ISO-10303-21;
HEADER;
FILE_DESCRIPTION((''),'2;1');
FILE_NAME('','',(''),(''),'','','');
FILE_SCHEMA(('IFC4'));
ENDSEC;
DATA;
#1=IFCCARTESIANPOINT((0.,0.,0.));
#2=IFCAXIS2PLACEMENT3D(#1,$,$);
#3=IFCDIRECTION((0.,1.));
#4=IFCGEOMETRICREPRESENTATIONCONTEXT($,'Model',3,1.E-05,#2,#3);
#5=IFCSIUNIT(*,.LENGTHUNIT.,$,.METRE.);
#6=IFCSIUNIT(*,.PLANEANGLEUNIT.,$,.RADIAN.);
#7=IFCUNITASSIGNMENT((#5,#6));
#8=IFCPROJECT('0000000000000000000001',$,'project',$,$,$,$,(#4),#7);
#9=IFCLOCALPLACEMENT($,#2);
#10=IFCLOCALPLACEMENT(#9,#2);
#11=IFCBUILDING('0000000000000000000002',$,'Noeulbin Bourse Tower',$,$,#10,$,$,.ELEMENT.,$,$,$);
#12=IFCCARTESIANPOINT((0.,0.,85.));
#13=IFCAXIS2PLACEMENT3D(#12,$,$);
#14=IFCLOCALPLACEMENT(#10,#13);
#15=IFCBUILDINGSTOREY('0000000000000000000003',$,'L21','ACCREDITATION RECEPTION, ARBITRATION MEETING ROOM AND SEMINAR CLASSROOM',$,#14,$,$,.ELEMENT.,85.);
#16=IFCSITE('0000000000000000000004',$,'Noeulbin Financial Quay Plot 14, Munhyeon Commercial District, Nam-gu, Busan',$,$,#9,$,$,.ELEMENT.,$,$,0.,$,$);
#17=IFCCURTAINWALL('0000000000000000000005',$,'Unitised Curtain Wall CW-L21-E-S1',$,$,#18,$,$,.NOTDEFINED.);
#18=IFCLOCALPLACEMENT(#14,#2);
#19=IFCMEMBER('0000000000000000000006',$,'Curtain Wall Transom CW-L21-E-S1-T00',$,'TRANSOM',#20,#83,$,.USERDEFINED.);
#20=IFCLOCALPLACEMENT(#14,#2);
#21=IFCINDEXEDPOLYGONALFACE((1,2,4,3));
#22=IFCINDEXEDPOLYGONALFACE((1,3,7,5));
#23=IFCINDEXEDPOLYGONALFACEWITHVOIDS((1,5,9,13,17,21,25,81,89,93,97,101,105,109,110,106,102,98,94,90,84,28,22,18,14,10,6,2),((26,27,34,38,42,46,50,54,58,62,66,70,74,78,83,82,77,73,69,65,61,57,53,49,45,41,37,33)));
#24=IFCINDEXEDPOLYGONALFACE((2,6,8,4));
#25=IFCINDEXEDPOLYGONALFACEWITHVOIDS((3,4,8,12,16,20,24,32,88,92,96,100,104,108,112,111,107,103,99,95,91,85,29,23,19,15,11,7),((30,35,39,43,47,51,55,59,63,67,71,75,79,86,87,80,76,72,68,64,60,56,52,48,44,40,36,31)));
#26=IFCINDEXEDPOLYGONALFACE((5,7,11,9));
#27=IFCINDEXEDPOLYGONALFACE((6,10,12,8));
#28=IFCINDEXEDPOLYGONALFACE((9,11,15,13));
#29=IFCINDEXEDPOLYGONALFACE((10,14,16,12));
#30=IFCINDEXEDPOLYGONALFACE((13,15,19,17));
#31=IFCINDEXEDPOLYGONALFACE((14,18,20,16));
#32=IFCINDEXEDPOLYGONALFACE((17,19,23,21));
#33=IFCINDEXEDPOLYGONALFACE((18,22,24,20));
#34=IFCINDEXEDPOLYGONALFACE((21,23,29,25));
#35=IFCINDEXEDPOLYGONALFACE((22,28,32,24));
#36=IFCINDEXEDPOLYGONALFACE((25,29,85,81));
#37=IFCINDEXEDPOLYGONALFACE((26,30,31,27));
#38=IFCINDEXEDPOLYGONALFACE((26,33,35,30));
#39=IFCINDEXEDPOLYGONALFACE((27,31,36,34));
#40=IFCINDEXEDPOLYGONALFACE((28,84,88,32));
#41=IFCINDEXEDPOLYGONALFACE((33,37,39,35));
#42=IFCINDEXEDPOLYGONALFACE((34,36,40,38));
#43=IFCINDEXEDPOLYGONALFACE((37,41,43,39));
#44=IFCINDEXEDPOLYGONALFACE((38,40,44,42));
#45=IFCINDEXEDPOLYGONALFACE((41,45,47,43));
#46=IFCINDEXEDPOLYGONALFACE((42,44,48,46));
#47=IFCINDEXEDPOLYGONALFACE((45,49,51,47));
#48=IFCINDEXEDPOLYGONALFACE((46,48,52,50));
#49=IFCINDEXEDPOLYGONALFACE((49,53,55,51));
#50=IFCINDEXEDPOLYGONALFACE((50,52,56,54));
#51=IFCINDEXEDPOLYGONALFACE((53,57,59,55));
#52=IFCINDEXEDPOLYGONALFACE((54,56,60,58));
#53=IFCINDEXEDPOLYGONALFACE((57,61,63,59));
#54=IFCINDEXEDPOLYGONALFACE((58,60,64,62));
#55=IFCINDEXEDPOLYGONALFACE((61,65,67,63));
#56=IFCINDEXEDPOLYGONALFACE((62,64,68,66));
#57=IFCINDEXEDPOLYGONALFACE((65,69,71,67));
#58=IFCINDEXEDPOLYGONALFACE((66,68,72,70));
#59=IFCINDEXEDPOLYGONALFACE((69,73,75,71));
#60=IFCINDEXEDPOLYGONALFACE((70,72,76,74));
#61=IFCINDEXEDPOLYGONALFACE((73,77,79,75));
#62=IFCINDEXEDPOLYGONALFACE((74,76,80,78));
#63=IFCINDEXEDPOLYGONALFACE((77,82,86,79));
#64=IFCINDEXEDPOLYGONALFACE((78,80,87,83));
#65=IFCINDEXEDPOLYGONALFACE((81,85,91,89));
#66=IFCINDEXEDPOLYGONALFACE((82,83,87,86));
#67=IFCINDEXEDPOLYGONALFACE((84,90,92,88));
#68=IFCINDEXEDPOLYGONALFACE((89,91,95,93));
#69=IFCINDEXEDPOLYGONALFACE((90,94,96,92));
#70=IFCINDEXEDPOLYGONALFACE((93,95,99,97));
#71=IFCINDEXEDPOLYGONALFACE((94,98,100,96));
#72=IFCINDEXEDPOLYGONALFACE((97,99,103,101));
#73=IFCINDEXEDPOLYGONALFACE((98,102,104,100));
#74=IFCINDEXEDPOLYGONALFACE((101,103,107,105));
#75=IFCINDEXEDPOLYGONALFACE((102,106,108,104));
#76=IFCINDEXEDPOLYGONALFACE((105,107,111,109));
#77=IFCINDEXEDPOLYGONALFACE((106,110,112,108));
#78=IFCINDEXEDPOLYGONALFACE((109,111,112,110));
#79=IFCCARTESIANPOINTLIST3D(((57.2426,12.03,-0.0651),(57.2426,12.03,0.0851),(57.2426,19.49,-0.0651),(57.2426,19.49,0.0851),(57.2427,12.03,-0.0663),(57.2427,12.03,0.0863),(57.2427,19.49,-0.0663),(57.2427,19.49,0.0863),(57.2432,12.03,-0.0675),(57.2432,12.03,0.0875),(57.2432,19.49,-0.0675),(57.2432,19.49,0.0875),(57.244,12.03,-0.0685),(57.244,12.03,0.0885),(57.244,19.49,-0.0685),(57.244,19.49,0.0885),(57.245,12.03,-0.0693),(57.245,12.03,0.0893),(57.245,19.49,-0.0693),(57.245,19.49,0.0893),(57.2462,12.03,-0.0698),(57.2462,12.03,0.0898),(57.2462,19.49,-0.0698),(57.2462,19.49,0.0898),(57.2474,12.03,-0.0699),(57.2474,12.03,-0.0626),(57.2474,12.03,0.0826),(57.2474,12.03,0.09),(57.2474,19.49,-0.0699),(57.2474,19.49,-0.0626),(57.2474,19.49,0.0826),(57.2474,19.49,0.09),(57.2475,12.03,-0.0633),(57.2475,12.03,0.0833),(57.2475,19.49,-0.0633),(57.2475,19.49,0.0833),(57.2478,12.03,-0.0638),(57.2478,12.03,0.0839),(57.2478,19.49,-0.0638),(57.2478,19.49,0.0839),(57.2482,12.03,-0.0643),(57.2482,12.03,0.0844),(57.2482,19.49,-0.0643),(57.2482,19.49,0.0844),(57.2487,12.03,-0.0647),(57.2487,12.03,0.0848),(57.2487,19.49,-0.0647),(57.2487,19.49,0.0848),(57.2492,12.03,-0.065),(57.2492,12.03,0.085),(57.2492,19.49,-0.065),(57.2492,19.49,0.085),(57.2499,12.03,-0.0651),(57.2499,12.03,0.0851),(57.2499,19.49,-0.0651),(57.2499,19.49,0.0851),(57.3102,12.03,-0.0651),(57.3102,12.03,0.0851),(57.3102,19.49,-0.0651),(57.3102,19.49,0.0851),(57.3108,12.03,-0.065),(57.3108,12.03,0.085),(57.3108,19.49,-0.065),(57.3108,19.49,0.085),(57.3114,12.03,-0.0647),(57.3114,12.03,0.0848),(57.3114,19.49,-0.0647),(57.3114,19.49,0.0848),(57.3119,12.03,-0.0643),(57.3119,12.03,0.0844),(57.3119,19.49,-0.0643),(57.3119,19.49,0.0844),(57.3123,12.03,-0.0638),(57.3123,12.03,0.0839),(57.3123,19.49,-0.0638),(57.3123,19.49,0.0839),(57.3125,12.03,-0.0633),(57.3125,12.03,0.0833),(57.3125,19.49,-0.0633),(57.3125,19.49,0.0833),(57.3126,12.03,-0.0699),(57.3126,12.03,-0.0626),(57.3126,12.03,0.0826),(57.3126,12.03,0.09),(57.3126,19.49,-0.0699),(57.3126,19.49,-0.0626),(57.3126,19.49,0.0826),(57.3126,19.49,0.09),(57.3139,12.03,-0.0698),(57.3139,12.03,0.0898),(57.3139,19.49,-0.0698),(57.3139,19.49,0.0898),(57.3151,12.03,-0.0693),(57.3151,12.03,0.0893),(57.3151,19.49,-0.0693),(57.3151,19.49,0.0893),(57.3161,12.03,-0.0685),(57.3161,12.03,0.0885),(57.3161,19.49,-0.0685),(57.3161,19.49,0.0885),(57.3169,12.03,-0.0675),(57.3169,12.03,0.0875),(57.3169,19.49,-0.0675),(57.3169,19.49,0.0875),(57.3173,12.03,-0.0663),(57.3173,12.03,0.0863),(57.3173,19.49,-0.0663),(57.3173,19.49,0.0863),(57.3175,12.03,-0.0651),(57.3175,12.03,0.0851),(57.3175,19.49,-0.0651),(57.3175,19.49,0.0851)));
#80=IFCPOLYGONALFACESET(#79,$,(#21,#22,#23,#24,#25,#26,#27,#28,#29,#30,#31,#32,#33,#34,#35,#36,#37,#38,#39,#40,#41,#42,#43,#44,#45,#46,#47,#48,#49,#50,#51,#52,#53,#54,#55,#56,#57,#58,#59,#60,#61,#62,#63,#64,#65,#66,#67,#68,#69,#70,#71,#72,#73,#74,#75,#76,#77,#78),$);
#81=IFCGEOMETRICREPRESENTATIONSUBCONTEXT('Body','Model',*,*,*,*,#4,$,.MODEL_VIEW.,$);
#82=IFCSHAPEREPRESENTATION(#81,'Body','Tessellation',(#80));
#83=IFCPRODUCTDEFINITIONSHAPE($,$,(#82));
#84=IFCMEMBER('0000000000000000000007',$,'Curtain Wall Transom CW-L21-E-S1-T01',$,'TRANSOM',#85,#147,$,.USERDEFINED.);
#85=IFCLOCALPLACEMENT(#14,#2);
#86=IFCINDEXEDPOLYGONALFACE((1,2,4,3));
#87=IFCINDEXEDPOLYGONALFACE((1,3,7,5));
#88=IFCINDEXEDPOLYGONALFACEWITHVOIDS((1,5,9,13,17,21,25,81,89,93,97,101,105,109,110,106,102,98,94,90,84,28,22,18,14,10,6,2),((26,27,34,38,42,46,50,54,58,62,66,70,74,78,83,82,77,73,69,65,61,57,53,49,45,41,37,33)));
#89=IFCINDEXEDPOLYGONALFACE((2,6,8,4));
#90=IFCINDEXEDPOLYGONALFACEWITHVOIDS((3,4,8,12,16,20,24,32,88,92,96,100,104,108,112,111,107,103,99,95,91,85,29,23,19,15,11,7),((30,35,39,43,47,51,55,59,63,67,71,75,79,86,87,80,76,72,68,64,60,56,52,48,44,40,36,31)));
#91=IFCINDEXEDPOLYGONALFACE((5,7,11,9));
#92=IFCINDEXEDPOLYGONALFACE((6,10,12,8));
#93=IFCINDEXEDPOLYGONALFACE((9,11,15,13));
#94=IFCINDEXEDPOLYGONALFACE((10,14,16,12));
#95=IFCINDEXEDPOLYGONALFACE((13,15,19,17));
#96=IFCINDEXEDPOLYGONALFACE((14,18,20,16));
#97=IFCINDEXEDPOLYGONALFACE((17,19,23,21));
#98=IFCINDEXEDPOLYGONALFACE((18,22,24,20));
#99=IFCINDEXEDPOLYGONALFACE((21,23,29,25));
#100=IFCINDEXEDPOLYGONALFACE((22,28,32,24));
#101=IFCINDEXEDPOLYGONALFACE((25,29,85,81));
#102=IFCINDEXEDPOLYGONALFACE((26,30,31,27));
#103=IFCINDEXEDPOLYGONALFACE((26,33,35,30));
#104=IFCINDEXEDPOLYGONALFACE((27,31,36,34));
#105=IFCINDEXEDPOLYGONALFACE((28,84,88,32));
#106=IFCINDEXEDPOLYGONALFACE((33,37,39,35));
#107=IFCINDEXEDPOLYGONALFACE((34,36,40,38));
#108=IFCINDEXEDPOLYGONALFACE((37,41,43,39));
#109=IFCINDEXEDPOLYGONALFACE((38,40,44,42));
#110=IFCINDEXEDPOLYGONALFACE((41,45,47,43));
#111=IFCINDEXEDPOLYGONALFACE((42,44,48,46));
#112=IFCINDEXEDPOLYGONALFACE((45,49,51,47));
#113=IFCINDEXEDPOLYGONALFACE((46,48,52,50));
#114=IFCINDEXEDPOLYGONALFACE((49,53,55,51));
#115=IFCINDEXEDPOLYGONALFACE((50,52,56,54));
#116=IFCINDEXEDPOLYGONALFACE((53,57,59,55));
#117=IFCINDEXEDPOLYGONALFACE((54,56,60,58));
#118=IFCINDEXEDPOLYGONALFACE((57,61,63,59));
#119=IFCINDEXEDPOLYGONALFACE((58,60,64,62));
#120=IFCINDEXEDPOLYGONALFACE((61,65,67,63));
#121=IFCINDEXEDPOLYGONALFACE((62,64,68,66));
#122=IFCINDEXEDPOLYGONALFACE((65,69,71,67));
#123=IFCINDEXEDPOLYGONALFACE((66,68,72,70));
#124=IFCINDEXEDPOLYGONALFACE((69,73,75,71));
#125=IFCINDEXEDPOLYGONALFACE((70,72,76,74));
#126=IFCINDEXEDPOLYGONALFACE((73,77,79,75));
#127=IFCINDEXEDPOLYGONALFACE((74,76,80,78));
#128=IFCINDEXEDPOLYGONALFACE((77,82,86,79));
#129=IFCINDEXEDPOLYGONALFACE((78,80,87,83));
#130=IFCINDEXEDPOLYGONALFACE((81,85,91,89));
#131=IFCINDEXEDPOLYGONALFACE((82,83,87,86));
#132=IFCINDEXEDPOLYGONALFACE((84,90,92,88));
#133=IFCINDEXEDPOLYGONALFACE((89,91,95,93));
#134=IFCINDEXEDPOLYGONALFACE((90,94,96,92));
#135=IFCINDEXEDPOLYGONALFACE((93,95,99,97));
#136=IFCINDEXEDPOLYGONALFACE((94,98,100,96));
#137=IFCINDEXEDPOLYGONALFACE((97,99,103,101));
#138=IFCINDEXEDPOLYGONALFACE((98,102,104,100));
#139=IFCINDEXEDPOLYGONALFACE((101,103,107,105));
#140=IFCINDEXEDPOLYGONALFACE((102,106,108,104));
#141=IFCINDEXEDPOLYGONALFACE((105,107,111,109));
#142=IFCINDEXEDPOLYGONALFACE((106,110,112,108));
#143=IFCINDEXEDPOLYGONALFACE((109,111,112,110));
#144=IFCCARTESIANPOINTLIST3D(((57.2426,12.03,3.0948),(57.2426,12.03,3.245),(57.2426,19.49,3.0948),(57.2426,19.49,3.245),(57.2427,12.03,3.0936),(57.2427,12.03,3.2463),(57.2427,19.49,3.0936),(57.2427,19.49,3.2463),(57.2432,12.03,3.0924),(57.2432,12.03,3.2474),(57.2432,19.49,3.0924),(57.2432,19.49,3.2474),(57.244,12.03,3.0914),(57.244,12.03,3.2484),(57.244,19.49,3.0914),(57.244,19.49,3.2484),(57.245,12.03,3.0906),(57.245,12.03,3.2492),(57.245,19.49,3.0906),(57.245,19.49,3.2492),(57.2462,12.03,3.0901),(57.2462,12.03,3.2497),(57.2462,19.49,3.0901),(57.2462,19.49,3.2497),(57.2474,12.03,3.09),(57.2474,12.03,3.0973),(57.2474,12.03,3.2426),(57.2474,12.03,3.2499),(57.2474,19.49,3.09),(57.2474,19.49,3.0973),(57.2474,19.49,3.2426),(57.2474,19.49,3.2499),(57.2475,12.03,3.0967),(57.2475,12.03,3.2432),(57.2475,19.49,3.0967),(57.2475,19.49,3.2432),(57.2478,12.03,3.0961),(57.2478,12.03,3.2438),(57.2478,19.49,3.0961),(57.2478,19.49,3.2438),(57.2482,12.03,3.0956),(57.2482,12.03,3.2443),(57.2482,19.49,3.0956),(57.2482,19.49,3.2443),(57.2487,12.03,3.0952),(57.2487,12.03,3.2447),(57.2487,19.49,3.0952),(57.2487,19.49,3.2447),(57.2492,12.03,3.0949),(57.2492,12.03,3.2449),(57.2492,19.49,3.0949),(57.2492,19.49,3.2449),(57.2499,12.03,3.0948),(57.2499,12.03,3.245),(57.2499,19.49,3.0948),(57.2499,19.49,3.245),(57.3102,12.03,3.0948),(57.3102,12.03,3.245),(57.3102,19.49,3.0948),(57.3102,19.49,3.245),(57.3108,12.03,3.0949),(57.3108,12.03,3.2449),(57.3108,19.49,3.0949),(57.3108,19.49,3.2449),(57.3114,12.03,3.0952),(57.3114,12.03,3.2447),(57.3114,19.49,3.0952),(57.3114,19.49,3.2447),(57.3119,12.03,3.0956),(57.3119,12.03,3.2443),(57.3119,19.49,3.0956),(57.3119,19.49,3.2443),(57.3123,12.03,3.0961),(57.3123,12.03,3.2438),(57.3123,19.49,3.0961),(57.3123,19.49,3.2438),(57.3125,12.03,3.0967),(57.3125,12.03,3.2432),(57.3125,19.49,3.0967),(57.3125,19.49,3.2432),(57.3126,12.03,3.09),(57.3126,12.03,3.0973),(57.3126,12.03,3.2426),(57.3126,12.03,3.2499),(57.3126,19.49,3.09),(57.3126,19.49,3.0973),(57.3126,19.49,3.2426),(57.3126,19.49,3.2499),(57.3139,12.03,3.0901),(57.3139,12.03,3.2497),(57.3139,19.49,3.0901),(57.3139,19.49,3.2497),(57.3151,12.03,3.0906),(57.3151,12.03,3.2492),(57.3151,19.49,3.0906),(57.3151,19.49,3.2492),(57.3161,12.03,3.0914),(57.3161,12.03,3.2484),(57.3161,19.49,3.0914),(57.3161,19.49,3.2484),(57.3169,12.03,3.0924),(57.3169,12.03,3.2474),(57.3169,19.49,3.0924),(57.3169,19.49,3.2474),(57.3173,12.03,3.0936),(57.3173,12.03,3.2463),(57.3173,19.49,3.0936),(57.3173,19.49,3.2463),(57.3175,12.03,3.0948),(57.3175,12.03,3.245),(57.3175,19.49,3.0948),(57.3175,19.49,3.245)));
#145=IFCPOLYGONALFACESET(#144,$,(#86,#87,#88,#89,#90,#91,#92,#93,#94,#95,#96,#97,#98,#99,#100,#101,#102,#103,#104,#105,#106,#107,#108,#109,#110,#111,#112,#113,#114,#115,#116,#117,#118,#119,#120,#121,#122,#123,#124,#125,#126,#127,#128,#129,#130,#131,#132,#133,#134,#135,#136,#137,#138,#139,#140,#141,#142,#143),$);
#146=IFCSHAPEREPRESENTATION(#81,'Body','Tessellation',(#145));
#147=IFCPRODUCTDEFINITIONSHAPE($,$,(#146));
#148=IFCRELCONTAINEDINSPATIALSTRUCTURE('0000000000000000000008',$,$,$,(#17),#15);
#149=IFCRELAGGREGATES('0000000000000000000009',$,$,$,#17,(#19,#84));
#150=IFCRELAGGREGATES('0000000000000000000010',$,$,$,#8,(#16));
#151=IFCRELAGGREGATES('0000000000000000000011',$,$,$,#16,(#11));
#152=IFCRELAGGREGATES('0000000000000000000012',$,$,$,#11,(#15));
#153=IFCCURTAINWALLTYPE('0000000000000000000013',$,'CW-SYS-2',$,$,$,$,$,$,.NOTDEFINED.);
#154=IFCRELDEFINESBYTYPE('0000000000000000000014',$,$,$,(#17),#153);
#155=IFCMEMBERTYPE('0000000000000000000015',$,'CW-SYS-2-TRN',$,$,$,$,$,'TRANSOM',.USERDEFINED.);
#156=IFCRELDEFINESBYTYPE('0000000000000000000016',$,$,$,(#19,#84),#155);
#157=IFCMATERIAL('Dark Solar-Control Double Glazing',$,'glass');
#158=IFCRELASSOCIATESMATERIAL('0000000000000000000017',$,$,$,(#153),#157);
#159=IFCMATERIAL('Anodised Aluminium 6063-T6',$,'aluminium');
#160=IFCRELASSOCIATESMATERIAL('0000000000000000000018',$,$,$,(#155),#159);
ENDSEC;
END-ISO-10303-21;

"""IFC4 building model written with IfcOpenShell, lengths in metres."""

from ifc_helpers import new_model, si_unit, direction, frame, origin, origin_2d, place, context, subcontext, project, spatial, hollow_rectangle, extrude, material, material_profile, profile_set, type_object, element, aggregate, save


model = new_model("IFC4")

# Units and contexts
model_context = context("Model", 3, precision=1e-05, world=origin(), true_north=direction((0.0, 1.0)))
body_context = subcontext(model_context, "Body", "Model", "MODEL_VIEW")
ifc_project = project(units=[si_unit("LENGTHUNIT", "METRE"), si_unit("PLANEANGLEUNIT", "RADIAN")], contexts=[model_context])

# Site, building, storey
site_placement = place(None, origin())
site = spatial("IfcSite", under=ifc_project, at=site_placement, Name="Noeulbin Financial Quay Plot 14, Munhyeon Commercial District, Nam-gu, Busan", CompositionType="ELEMENT", RefElevation=0.0)
building_placement = place(site_placement, origin())
building = spatial("IfcBuilding", under=site, at=building_placement, Name="Noeulbin Bourse Tower", CompositionType="ELEMENT")
storey_placement = place(building_placement, frame((0.0, 0.0, 85.0)))
storey = spatial("IfcBuildingStorey", under=building, at=storey_placement, Name="L21", Description="ACCREDITATION RECEPTION, ARBITRATION MEETING ROOM AND SEMINAR CLASSROOM", CompositionType="ELEMENT", Elevation=85.0)

# Shared definitions
ifc_material_1 = material(Name="Dark Solar-Control Double Glazing", Category="glass")
curtain_wall_type = type_object("IfcCurtainWallType", Name="CW-SYS-2", PredefinedType="NOTDEFINED", material=ifc_material_1)
ifc_material_2 = material(Name="Anodised Aluminium 6063-T6", Category="aluminium")

# Curtain wall
curtain_wall_1_placement = place(storey_placement, origin())
curtain_wall_1 = element("IfcCurtainWall", 1, at=curtain_wall_1_placement, inside=storey, type_object=curtain_wall_type, Name="Unitised Curtain Wall CW-L21-E-S1", PredefinedType="NOTDEFINED")

# Members
ifc_material_profile_1 = material_profile(ifc_material_2, hollow_rectangle(XDim=0.075, YDim=0.1599, WallThickness=0.0049, InnerFilletRadius=0.0024, OuterFilletRadius=0.0049, at=origin_2d()), Name="ALU-TRAN-75x160x5", Category="LoadBearing")
ifc_profile_set_1 = profile_set([ifc_material_profile_1], Name="Anodised Aluminium 6063-T6")
member_type_1 = type_object("IfcMemberType", Name="CW-SYS-2-TRN", ElementType="TRANSOM", PredefinedType="USERDEFINED", material=ifc_profile_set_1)
member_1_placement = place(storey_placement, frame((57.28, 12.03, 0.01), z_axis=(0.0, 1.0, 0.0), x_axis=(-1.0, 0.0, 0.0)))
member_1 = element("IfcMember", 2, at=member_1_placement, type_object=member_type_1, Name="Curtain Wall Transom CW-L21-E-S1-T00", ObjectType="TRANSOM", PredefinedType="USERDEFINED", context=body_context, shape_type="SweptSolid", body=[
    extrude(hollow_rectangle(XDim=0.075, YDim=0.1599, WallThickness=0.0049, InnerFilletRadius=0.0024, OuterFilletRadius=0.0049, at=origin_2d()), origin(), (0.0, 0.0, 1.0), 7.46),
])
member_2_placement = place(storey_placement, frame((57.28, 12.03, 3.1699), z_axis=(0.0, 1.0, 0.0), x_axis=(-1.0, 0.0, 0.0)))
member_2 = element("IfcMember", 3, at=member_2_placement, type_object=member_type_1, Name="Curtain Wall Transom CW-L21-E-S1-T01", ObjectType="TRANSOM", PredefinedType="USERDEFINED", context=body_context, shape_type="SweptSolid", body=[
    extrude(hollow_rectangle(XDim=0.075, YDim=0.1599, WallThickness=0.0049, InnerFilletRadius=0.0024, OuterFilletRadius=0.0049, at=origin_2d()), origin(), (0.0, 0.0, 1.0), 7.46),
])

aggregate(curtain_wall_1, [member_1, member_2])

save(model, "model.ifc")
